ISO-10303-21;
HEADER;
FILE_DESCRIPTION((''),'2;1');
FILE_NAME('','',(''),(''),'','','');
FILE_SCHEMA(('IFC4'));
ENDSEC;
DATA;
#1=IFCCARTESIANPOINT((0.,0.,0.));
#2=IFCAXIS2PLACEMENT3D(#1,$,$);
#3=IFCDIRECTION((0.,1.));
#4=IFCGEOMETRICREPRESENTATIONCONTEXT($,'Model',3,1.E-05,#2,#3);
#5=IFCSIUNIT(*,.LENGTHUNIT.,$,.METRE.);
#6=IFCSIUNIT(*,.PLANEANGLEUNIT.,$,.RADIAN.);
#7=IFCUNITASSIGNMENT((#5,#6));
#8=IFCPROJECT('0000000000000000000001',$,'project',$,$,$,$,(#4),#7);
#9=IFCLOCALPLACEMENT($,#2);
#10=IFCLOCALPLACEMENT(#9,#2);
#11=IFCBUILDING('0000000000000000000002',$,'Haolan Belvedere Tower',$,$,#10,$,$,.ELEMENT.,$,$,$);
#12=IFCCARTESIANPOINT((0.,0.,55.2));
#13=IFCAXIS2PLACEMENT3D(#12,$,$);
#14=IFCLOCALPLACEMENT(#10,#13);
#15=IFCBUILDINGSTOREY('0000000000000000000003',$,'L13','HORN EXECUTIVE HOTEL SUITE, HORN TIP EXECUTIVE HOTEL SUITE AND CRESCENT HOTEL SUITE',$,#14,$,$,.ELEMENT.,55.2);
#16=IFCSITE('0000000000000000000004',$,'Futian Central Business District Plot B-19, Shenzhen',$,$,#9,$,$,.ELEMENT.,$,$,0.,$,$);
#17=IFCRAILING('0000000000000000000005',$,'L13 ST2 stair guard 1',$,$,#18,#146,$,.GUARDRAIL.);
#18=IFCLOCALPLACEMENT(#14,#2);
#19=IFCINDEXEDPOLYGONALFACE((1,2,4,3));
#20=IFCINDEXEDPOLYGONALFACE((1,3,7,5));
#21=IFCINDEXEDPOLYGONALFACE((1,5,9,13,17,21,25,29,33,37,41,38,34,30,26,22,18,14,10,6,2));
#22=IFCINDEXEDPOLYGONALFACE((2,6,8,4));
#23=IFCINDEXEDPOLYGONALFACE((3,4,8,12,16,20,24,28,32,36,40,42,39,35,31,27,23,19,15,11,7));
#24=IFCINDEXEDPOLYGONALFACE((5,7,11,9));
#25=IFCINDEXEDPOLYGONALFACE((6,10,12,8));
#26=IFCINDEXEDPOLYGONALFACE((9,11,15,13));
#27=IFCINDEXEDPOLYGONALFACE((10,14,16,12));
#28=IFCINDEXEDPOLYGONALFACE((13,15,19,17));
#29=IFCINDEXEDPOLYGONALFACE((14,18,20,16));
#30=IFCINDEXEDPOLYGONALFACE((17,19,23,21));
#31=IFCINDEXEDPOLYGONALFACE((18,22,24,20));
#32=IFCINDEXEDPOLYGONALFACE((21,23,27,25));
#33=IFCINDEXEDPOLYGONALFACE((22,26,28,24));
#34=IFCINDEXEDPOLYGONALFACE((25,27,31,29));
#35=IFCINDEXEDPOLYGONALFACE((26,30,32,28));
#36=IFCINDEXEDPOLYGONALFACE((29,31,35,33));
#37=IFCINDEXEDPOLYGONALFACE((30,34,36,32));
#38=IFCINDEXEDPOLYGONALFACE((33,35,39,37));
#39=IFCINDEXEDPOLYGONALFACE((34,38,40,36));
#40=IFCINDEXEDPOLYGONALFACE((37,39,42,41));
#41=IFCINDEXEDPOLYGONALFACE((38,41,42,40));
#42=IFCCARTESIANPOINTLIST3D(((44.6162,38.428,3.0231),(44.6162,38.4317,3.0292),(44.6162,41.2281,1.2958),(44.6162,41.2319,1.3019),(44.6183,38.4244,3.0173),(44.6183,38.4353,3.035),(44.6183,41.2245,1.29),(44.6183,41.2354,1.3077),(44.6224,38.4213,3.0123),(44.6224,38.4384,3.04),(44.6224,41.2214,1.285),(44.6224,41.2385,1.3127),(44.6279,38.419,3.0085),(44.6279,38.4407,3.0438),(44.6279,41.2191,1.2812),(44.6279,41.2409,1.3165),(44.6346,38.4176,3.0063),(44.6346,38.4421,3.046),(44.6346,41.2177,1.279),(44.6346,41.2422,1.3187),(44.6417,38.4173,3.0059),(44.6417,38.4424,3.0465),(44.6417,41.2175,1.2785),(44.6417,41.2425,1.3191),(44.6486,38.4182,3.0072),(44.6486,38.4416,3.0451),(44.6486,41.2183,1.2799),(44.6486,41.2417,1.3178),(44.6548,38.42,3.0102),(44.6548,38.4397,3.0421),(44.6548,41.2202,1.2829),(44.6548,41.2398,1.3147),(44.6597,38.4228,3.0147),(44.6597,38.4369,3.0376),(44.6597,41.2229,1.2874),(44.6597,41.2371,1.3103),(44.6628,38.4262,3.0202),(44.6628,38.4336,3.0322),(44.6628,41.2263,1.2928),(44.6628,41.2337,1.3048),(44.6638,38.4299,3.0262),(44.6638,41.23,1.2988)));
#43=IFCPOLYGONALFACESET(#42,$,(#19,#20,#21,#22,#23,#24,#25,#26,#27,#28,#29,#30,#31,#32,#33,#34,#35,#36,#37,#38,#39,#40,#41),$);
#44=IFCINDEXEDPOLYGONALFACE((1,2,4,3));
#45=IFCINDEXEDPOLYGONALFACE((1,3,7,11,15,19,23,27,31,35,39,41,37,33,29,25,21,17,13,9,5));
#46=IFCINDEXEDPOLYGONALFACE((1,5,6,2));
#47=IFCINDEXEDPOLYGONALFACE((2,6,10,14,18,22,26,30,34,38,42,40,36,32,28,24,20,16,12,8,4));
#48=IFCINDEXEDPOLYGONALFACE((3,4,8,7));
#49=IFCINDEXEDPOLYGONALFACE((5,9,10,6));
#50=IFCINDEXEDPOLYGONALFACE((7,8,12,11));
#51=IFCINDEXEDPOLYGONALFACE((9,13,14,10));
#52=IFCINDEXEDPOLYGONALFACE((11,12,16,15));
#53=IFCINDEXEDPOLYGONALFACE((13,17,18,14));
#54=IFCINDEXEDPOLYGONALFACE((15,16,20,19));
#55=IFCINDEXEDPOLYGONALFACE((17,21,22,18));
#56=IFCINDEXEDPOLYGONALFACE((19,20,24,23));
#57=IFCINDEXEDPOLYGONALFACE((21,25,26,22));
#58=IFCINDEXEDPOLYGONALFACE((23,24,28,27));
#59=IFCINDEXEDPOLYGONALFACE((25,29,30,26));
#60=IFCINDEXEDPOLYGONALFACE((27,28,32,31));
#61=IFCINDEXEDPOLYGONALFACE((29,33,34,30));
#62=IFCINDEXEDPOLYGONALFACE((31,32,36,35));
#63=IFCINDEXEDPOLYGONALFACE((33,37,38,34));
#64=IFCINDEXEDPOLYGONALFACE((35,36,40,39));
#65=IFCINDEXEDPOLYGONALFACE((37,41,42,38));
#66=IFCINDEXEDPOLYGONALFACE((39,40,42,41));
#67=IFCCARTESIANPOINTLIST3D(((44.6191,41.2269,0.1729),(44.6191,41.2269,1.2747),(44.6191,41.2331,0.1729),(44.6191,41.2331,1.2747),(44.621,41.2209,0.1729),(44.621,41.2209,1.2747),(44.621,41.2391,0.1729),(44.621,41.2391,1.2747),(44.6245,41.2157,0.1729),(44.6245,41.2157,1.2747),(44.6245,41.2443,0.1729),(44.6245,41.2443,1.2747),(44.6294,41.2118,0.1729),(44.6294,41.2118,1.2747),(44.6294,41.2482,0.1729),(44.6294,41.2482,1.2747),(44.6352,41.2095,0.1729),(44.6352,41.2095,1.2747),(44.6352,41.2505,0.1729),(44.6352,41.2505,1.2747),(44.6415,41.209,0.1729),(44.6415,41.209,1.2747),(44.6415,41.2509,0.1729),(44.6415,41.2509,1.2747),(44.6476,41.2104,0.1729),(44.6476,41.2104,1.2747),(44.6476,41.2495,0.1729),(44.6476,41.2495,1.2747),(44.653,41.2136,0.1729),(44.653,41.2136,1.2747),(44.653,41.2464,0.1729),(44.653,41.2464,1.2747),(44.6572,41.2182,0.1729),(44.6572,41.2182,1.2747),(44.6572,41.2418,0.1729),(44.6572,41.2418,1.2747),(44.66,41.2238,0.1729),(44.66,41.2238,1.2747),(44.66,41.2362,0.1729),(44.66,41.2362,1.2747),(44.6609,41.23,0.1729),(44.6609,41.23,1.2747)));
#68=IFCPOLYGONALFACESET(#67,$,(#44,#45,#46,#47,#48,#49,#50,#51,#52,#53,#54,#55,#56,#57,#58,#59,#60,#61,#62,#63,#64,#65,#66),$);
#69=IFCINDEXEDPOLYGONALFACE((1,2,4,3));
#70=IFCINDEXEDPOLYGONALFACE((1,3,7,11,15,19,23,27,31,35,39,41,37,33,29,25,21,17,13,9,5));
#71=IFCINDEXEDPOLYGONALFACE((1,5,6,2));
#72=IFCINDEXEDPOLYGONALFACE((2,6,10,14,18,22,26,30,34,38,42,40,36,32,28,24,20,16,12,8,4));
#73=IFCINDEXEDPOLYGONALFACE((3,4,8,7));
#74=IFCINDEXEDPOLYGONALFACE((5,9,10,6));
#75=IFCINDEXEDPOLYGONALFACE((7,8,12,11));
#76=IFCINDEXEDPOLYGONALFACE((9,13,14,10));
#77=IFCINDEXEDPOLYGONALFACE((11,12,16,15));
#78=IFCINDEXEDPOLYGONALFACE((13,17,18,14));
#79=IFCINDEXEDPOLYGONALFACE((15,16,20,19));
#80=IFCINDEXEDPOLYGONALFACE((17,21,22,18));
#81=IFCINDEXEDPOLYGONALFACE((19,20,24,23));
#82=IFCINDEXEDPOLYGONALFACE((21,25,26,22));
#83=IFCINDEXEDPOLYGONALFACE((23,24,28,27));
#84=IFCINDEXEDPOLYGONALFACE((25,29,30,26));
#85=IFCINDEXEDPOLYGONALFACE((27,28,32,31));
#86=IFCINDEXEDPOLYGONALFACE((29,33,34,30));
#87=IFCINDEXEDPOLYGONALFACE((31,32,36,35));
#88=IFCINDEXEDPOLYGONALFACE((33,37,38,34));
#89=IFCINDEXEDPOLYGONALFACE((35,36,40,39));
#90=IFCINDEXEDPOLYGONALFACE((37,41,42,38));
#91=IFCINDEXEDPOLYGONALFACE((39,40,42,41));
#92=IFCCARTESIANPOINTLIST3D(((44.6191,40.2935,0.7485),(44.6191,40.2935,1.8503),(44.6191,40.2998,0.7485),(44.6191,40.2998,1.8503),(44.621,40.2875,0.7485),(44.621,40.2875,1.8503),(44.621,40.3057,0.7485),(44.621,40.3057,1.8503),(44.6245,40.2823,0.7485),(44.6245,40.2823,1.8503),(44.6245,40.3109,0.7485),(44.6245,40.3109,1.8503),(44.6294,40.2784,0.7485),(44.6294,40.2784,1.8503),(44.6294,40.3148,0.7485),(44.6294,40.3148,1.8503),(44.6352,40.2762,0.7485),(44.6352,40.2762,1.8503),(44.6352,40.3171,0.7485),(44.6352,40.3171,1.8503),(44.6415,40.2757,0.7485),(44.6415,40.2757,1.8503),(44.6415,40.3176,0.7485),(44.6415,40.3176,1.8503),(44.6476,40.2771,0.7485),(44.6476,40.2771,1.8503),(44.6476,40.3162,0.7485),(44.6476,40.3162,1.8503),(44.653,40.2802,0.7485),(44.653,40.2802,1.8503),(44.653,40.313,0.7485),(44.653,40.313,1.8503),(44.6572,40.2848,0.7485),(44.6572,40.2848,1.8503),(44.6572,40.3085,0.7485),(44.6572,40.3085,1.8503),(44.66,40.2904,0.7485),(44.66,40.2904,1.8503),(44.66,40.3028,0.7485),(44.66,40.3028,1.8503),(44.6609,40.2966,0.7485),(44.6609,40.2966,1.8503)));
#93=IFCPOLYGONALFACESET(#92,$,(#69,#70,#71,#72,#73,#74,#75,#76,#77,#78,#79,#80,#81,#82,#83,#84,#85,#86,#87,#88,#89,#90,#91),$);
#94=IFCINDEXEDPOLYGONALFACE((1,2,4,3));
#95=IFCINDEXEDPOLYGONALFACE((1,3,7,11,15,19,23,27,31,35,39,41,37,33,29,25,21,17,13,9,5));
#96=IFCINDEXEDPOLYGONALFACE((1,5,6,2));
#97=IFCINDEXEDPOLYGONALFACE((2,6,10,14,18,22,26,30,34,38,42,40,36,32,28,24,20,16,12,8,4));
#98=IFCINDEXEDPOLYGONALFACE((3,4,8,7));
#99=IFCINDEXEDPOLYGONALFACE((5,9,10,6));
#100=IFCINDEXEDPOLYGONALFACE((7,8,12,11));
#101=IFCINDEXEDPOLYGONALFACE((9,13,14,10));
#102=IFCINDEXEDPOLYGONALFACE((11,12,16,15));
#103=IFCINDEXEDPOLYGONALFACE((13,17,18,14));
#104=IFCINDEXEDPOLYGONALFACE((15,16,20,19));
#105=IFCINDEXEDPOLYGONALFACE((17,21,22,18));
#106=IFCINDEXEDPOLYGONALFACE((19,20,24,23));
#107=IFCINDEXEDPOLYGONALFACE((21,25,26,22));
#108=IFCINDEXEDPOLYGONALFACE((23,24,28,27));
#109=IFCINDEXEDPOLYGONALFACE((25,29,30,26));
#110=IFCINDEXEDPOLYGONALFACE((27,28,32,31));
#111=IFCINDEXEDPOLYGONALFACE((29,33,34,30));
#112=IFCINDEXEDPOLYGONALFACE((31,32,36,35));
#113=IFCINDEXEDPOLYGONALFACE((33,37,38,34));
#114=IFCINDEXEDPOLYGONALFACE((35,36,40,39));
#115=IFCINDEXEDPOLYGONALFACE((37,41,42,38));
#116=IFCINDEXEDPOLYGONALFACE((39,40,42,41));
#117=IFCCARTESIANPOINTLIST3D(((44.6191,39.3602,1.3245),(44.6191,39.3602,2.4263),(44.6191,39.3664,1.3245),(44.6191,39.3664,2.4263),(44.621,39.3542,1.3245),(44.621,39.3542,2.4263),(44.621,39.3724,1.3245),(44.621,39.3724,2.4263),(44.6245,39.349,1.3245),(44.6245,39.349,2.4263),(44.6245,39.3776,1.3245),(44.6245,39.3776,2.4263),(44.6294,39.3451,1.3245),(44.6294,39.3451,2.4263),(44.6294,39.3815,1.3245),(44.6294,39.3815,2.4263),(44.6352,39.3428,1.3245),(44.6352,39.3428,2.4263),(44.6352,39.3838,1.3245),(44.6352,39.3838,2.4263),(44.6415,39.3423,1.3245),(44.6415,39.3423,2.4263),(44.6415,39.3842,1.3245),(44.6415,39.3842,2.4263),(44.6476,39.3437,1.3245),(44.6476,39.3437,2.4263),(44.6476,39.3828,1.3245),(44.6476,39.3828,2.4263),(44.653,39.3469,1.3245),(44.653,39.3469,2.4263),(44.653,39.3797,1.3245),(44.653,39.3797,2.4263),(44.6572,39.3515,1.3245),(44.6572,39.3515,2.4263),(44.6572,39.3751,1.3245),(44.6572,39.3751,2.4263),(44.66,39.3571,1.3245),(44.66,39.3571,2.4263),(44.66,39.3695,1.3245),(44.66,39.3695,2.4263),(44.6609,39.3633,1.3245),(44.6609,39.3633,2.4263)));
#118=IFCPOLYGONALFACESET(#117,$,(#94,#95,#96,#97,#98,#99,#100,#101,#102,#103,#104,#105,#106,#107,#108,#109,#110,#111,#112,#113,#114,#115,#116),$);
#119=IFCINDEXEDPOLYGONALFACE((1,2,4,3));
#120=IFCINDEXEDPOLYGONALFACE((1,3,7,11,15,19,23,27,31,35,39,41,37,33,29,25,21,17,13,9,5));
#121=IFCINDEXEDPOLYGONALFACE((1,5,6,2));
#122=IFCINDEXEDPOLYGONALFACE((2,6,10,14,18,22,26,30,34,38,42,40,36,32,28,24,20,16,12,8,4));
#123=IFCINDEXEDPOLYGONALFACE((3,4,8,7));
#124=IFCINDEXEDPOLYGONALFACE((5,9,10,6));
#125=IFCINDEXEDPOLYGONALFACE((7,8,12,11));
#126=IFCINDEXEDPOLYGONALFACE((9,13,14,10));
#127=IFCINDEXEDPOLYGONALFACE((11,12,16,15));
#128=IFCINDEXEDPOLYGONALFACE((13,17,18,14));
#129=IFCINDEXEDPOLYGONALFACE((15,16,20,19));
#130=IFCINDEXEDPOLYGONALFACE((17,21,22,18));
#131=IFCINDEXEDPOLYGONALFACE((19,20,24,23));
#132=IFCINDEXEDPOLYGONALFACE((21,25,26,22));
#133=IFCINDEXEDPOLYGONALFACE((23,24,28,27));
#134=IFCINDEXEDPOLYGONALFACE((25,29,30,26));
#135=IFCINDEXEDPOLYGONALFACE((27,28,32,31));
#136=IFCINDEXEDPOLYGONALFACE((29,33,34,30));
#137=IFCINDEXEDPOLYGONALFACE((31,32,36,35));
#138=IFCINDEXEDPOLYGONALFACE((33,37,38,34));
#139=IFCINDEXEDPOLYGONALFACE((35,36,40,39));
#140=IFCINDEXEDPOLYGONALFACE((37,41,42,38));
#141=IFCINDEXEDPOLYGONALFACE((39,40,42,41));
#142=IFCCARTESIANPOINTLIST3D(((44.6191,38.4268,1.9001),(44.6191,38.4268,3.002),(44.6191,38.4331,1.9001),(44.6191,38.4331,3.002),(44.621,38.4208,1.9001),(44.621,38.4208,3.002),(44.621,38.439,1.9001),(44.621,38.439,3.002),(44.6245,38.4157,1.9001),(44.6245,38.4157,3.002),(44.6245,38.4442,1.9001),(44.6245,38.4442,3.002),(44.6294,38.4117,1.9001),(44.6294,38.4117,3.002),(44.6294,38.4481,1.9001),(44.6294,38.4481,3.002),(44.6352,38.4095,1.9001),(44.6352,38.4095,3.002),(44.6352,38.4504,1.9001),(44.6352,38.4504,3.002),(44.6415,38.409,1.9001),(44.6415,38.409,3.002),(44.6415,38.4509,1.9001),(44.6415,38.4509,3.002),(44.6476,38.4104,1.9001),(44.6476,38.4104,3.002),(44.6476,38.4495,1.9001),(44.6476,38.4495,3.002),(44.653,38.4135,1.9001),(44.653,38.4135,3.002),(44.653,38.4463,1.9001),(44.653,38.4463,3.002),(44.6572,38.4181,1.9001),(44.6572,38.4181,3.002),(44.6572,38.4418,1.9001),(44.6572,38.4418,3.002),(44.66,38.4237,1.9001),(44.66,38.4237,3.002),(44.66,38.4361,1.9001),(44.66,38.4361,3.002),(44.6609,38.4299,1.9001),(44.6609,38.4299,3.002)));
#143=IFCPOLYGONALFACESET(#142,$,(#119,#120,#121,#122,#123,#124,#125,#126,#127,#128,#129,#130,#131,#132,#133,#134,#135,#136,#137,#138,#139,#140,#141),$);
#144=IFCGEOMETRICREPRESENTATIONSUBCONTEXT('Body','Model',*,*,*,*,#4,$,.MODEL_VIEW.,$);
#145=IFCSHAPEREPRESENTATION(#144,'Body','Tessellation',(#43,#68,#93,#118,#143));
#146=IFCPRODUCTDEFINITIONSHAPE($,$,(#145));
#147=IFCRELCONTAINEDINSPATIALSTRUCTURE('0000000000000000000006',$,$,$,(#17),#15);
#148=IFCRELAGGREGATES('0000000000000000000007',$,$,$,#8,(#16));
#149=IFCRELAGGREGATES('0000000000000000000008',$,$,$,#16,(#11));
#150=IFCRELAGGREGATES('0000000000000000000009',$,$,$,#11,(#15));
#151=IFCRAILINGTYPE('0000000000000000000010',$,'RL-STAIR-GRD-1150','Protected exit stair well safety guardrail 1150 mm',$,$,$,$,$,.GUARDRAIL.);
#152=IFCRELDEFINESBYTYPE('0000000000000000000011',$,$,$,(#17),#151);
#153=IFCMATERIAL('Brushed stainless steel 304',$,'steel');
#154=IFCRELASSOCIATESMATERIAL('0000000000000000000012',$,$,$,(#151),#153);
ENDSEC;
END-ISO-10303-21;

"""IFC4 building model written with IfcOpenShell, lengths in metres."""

from ifc_helpers import new_model, si_unit, direction, frame, origin, origin_2d, place, context, subcontext, project, spatial, circle, extrude, material, type_object, element, save


model = new_model("IFC4")

# Units and contexts
model_context = context("Model", 3, precision=1e-05, world=origin(), true_north=direction((0.0, 1.0)))
body_context = subcontext(model_context, "Body", "Model", "MODEL_VIEW")
ifc_project = project(units=[si_unit("LENGTHUNIT", "METRE"), si_unit("PLANEANGLEUNIT", "RADIAN")], contexts=[model_context])

# Site, building, storey
site_placement = place(None, origin())
site = spatial("IfcSite", under=ifc_project, at=site_placement, Name="Futian Central Business District Plot B-19, Shenzhen", CompositionType="ELEMENT", RefElevation=0.0)
building_placement = place(site_placement, origin())
building = spatial("IfcBuilding", under=site, at=building_placement, Name="Haolan Belvedere Tower", CompositionType="ELEMENT")
storey_placement = place(building_placement, frame((0.0, 0.0, 55.2)))
storey = spatial("IfcBuildingStorey", under=building, at=storey_placement, Name="L13", Description="HORN EXECUTIVE HOTEL SUITE, HORN TIP EXECUTIVE HOTEL SUITE AND CRESCENT HOTEL SUITE", CompositionType="ELEMENT", Elevation=55.2)

# Railing
ifc_material_1 = material(Name="Brushed stainless steel 304", Category="steel")
railing_type_1 = type_object("IfcRailingType", Name="RL-STAIR-GRD-1150", Description="Protected exit stair well safety guardrail 1150 mm", PredefinedType="GUARDRAIL", material=ifc_material_1)
railing_1_placement = place(storey_placement, frame((44.6399, 41.23, 0.1729)))
element("IfcRailing", 1, at=railing_1_placement, inside=storey, type_object=railing_type_1, Name="L13 ST2 stair guard 1", PredefinedType="GUARDRAIL", context=body_context, shape_type="SweptSolid", body=[
    extrude(circle(Radius=0.0239, at=origin_2d()), frame((0.0, 0.0, 1.126), z_axis=(0.0, -0.85109, 0.52502), x_axis=(1.0, 0.0, 0.0)), (0.0, 0.0, 1.0), 3.29),
    extrude(circle(Radius=0.021, at=origin_2d()), origin(), (0.0, 0.0, 1.0), 1.1018),
    extrude(circle(Radius=0.021, at=origin_2d()), frame((0.0, -0.9333, 0.5757)), (0.0, 0.0, 1.0), 1.1018),
    extrude(circle(Radius=0.021, at=origin_2d()), frame((0.0, -1.8667, 1.1516)), (0.0, 0.0, 1.0), 1.1018),
    extrude(circle(Radius=0.021, at=origin_2d()), frame((0.0, -2.8, 1.7273)), (0.0, 0.0, 1.0), 1.1018),
])

save(model, "model.ifc")
